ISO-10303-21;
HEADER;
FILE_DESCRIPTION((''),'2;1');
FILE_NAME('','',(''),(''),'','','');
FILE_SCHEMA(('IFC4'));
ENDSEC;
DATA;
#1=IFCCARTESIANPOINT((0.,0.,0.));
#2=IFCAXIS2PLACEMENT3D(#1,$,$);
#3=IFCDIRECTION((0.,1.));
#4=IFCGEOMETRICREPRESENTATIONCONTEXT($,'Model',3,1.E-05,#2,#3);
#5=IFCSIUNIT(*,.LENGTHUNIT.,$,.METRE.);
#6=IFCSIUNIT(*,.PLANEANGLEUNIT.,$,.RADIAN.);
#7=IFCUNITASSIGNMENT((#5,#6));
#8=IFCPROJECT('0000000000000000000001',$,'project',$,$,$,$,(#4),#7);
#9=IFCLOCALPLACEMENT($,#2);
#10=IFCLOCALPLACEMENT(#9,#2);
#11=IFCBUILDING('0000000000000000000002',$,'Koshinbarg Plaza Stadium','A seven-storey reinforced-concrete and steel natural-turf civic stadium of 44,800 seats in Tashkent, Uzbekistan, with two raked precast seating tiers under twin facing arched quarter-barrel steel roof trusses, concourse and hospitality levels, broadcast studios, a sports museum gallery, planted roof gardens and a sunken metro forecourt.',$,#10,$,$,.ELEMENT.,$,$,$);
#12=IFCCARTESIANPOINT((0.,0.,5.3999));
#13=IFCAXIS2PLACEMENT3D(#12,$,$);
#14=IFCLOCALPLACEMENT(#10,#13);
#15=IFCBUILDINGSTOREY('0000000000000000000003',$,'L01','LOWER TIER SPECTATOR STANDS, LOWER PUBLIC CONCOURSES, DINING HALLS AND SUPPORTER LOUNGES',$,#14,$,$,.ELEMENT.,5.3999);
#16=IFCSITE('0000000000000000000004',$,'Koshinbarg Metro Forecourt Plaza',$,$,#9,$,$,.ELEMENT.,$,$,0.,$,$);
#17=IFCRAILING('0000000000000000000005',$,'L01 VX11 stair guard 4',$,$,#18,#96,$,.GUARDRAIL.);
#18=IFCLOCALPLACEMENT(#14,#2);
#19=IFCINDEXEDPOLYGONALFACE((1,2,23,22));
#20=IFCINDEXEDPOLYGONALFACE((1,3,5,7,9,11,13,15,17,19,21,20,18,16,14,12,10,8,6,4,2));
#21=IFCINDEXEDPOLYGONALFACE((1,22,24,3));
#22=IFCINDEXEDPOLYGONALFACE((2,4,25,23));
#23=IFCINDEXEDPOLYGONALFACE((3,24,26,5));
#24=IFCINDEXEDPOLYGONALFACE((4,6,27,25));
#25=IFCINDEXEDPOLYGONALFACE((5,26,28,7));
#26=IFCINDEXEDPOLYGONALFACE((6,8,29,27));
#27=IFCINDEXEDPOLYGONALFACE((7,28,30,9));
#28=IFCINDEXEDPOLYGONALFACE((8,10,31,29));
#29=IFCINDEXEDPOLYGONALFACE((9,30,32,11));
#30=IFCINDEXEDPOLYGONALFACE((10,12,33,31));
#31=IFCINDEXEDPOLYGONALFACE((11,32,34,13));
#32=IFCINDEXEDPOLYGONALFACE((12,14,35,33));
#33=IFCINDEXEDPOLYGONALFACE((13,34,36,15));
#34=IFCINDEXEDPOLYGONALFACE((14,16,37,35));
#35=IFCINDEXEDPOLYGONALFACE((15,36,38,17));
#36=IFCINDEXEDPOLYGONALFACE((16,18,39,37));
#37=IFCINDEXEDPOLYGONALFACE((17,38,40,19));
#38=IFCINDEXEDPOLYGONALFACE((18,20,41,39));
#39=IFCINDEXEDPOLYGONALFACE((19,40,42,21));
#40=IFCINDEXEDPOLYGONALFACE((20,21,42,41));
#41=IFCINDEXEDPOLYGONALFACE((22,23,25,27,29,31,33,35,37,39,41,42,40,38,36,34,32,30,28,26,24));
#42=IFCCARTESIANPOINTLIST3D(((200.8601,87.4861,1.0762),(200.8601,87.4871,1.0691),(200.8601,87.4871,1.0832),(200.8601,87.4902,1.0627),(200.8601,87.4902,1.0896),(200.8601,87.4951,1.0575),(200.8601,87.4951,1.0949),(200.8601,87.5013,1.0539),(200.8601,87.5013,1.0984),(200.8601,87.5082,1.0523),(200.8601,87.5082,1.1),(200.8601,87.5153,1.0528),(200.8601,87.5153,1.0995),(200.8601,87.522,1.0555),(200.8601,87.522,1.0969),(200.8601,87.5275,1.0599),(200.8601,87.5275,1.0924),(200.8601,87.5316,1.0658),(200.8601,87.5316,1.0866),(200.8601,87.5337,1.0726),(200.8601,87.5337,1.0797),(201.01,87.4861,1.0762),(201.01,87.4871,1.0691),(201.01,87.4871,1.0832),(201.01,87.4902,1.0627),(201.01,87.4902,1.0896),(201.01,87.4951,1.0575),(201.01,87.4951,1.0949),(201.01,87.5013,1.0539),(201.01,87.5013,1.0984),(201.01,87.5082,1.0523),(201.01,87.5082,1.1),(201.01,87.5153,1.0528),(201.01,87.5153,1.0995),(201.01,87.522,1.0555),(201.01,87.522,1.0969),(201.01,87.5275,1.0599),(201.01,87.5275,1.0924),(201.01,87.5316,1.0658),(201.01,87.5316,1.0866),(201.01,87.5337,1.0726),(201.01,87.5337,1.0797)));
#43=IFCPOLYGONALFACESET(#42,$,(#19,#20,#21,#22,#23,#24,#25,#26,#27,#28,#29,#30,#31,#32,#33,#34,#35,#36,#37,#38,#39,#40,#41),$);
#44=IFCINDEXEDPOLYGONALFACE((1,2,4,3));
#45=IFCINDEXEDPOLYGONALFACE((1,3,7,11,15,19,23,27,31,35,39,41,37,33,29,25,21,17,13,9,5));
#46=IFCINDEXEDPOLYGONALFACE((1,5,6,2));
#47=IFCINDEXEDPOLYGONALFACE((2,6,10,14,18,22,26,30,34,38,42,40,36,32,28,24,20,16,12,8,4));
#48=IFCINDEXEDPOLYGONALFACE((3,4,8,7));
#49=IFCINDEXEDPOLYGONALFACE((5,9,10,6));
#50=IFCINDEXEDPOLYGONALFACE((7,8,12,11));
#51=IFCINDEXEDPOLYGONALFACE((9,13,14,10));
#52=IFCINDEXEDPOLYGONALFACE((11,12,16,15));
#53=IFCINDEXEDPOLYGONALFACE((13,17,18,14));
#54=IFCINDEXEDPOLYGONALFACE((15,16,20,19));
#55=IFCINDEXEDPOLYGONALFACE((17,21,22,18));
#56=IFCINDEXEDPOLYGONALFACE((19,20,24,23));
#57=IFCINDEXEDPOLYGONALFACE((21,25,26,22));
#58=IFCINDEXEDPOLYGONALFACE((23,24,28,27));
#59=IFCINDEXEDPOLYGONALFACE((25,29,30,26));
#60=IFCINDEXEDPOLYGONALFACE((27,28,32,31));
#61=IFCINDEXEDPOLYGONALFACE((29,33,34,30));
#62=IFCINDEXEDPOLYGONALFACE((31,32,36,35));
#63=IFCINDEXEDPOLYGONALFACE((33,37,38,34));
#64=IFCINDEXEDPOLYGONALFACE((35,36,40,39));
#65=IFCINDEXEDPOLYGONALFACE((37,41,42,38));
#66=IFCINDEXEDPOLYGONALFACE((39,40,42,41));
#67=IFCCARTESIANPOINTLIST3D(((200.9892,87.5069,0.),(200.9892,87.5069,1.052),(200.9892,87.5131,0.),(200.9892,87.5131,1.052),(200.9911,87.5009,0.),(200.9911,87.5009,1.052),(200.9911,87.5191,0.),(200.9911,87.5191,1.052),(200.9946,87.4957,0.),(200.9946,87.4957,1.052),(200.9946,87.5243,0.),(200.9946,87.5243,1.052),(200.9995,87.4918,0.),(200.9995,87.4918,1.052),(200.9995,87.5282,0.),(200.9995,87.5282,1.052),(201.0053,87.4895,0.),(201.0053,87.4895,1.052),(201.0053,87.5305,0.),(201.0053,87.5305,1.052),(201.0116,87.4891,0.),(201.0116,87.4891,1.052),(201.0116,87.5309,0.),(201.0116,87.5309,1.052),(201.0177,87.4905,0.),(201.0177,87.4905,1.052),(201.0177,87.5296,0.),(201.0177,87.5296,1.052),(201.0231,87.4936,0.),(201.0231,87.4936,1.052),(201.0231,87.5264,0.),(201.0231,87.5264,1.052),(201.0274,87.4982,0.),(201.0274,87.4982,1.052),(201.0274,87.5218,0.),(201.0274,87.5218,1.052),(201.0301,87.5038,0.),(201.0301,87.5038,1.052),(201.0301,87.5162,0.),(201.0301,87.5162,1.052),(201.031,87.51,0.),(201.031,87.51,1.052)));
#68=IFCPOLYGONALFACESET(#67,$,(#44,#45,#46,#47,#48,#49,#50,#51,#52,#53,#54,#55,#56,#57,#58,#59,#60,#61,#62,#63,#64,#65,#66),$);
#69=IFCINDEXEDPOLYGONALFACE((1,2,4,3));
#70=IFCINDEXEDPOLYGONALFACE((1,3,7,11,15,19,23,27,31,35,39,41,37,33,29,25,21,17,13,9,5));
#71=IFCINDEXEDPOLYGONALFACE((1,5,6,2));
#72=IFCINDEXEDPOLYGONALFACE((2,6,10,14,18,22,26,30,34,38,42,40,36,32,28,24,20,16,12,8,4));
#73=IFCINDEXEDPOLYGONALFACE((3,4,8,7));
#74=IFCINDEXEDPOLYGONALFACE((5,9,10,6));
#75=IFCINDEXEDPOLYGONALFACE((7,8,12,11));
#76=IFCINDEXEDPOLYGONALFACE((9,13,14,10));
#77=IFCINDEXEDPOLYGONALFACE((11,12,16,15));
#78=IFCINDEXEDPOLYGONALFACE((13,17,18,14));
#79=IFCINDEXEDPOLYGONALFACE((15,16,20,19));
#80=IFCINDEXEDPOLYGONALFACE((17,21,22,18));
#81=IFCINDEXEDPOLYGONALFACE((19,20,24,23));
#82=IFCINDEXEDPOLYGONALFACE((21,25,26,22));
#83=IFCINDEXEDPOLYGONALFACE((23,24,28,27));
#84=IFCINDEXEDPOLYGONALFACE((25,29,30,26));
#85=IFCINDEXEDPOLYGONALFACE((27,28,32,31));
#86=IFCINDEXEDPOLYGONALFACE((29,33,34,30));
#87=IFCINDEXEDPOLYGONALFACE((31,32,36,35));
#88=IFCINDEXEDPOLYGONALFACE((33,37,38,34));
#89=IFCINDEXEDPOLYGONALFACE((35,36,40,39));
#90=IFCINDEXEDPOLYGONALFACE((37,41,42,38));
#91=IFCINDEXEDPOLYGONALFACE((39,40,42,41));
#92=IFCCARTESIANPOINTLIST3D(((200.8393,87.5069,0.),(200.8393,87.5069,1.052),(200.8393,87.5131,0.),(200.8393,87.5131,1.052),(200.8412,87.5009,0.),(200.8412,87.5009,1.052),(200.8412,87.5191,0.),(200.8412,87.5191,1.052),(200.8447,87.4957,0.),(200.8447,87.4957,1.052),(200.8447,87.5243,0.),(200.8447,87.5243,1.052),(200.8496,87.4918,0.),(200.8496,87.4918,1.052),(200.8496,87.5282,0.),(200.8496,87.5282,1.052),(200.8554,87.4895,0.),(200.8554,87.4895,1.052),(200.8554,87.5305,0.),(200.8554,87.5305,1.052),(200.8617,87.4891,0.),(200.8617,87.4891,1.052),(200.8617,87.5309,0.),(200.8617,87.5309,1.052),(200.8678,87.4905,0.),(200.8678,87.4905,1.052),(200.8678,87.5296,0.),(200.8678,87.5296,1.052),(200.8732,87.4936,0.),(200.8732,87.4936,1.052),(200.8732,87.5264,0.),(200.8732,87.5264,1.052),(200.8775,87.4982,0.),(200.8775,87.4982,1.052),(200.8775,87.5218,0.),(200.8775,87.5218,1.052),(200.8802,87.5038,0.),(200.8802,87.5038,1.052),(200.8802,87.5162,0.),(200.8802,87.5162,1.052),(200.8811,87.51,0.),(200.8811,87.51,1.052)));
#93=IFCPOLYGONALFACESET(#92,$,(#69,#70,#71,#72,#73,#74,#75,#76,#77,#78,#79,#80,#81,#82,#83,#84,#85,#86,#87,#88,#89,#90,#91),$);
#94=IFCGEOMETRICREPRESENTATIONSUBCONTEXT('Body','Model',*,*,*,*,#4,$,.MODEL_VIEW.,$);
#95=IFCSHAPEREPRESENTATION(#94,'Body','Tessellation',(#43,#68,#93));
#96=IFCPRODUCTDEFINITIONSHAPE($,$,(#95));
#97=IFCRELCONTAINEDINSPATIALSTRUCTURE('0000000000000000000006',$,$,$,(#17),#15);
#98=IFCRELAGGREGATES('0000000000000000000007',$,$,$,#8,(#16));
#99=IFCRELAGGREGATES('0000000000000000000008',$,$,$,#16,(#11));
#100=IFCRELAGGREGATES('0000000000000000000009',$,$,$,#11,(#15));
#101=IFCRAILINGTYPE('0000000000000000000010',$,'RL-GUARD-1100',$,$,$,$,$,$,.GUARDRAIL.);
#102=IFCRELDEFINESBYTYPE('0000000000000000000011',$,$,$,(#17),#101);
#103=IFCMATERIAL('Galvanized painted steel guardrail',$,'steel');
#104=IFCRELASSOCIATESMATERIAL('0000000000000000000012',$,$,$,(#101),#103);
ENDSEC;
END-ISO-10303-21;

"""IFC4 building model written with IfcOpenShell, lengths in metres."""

from ifc_helpers import new_model, si_unit, direction, frame, origin, origin_2d, place, context, subcontext, project, spatial, circle, extrude, material, type_object, element, save


model = new_model("IFC4")

# Units and contexts
model_context = context("Model", 3, precision=1e-05, world=origin(), true_north=direction((0.0, 1.0)))
body_context = subcontext(model_context, "Body", "Model", "MODEL_VIEW")
ifc_project = project(units=[si_unit("LENGTHUNIT", "METRE"), si_unit("PLANEANGLEUNIT", "RADIAN")], contexts=[model_context])

# Site, building, storey
site_placement = place(None, origin())
site = spatial("IfcSite", under=ifc_project, at=site_placement, Name="Koshinbarg Metro Forecourt Plaza", CompositionType="ELEMENT", RefElevation=0.0)
building_placement = place(site_placement, origin())
building = spatial("IfcBuilding", under=site, at=building_placement, Name="Koshinbarg Plaza Stadium", Description="A seven-storey reinforced-concrete and steel natural-turf civic stadium of 44,800 seats in Tashkent, Uzbekistan, with two raked precast seating tiers under twin facing arched quarter-barrel steel roof trusses, concourse and hospitality levels, broadcast studios, a sports museum gallery, planted roof gardens and a sunken metro forecourt.", CompositionType="ELEMENT")
storey_placement = place(building_placement, frame((0.0, 0.0, 5.3999)))
storey = spatial("IfcBuildingStorey", under=building, at=storey_placement, Name="L01", Description="LOWER TIER SPECTATOR STANDS, LOWER PUBLIC CONCOURSES, DINING HALLS AND SUPPORTER LOUNGES", CompositionType="ELEMENT", Elevation=5.3999)

# Railing
ifc_material_1 = material(Name="Galvanized painted steel guardrail", Category="steel")
railing_type_1 = type_object("IfcRailingType", Name="RL-GUARD-1100", PredefinedType="GUARDRAIL", material=ifc_material_1)
railing_1_placement = place(storey_placement, frame((201.01, 87.51, 0.0)))
element("IfcRailing", 1, at=railing_1_placement, inside=storey, type_object=railing_type_1, Name="L01 VX11 stair guard 4", PredefinedType="GUARDRAIL", context=body_context, shape_type="SweptSolid", body=[
    extrude(circle(Radius=0.0239, at=origin_2d()), frame((0.0, 0.0, 1.0762), z_axis=(-1.0, 0.0, 0.0), x_axis=(0.0, -1.0, 0.0)), (0.0, 0.0, 1.0), 0.1499),
    extrude(circle(Radius=0.021, at=origin_2d()), origin(), (0.0, 0.0, 1.0), 1.052),
    extrude(circle(Radius=0.021, at=origin_2d()), frame((-0.1499, 0.0, 0.0)), (0.0, 0.0, 1.0), 1.052),
])

save(model, "model.ifc")
